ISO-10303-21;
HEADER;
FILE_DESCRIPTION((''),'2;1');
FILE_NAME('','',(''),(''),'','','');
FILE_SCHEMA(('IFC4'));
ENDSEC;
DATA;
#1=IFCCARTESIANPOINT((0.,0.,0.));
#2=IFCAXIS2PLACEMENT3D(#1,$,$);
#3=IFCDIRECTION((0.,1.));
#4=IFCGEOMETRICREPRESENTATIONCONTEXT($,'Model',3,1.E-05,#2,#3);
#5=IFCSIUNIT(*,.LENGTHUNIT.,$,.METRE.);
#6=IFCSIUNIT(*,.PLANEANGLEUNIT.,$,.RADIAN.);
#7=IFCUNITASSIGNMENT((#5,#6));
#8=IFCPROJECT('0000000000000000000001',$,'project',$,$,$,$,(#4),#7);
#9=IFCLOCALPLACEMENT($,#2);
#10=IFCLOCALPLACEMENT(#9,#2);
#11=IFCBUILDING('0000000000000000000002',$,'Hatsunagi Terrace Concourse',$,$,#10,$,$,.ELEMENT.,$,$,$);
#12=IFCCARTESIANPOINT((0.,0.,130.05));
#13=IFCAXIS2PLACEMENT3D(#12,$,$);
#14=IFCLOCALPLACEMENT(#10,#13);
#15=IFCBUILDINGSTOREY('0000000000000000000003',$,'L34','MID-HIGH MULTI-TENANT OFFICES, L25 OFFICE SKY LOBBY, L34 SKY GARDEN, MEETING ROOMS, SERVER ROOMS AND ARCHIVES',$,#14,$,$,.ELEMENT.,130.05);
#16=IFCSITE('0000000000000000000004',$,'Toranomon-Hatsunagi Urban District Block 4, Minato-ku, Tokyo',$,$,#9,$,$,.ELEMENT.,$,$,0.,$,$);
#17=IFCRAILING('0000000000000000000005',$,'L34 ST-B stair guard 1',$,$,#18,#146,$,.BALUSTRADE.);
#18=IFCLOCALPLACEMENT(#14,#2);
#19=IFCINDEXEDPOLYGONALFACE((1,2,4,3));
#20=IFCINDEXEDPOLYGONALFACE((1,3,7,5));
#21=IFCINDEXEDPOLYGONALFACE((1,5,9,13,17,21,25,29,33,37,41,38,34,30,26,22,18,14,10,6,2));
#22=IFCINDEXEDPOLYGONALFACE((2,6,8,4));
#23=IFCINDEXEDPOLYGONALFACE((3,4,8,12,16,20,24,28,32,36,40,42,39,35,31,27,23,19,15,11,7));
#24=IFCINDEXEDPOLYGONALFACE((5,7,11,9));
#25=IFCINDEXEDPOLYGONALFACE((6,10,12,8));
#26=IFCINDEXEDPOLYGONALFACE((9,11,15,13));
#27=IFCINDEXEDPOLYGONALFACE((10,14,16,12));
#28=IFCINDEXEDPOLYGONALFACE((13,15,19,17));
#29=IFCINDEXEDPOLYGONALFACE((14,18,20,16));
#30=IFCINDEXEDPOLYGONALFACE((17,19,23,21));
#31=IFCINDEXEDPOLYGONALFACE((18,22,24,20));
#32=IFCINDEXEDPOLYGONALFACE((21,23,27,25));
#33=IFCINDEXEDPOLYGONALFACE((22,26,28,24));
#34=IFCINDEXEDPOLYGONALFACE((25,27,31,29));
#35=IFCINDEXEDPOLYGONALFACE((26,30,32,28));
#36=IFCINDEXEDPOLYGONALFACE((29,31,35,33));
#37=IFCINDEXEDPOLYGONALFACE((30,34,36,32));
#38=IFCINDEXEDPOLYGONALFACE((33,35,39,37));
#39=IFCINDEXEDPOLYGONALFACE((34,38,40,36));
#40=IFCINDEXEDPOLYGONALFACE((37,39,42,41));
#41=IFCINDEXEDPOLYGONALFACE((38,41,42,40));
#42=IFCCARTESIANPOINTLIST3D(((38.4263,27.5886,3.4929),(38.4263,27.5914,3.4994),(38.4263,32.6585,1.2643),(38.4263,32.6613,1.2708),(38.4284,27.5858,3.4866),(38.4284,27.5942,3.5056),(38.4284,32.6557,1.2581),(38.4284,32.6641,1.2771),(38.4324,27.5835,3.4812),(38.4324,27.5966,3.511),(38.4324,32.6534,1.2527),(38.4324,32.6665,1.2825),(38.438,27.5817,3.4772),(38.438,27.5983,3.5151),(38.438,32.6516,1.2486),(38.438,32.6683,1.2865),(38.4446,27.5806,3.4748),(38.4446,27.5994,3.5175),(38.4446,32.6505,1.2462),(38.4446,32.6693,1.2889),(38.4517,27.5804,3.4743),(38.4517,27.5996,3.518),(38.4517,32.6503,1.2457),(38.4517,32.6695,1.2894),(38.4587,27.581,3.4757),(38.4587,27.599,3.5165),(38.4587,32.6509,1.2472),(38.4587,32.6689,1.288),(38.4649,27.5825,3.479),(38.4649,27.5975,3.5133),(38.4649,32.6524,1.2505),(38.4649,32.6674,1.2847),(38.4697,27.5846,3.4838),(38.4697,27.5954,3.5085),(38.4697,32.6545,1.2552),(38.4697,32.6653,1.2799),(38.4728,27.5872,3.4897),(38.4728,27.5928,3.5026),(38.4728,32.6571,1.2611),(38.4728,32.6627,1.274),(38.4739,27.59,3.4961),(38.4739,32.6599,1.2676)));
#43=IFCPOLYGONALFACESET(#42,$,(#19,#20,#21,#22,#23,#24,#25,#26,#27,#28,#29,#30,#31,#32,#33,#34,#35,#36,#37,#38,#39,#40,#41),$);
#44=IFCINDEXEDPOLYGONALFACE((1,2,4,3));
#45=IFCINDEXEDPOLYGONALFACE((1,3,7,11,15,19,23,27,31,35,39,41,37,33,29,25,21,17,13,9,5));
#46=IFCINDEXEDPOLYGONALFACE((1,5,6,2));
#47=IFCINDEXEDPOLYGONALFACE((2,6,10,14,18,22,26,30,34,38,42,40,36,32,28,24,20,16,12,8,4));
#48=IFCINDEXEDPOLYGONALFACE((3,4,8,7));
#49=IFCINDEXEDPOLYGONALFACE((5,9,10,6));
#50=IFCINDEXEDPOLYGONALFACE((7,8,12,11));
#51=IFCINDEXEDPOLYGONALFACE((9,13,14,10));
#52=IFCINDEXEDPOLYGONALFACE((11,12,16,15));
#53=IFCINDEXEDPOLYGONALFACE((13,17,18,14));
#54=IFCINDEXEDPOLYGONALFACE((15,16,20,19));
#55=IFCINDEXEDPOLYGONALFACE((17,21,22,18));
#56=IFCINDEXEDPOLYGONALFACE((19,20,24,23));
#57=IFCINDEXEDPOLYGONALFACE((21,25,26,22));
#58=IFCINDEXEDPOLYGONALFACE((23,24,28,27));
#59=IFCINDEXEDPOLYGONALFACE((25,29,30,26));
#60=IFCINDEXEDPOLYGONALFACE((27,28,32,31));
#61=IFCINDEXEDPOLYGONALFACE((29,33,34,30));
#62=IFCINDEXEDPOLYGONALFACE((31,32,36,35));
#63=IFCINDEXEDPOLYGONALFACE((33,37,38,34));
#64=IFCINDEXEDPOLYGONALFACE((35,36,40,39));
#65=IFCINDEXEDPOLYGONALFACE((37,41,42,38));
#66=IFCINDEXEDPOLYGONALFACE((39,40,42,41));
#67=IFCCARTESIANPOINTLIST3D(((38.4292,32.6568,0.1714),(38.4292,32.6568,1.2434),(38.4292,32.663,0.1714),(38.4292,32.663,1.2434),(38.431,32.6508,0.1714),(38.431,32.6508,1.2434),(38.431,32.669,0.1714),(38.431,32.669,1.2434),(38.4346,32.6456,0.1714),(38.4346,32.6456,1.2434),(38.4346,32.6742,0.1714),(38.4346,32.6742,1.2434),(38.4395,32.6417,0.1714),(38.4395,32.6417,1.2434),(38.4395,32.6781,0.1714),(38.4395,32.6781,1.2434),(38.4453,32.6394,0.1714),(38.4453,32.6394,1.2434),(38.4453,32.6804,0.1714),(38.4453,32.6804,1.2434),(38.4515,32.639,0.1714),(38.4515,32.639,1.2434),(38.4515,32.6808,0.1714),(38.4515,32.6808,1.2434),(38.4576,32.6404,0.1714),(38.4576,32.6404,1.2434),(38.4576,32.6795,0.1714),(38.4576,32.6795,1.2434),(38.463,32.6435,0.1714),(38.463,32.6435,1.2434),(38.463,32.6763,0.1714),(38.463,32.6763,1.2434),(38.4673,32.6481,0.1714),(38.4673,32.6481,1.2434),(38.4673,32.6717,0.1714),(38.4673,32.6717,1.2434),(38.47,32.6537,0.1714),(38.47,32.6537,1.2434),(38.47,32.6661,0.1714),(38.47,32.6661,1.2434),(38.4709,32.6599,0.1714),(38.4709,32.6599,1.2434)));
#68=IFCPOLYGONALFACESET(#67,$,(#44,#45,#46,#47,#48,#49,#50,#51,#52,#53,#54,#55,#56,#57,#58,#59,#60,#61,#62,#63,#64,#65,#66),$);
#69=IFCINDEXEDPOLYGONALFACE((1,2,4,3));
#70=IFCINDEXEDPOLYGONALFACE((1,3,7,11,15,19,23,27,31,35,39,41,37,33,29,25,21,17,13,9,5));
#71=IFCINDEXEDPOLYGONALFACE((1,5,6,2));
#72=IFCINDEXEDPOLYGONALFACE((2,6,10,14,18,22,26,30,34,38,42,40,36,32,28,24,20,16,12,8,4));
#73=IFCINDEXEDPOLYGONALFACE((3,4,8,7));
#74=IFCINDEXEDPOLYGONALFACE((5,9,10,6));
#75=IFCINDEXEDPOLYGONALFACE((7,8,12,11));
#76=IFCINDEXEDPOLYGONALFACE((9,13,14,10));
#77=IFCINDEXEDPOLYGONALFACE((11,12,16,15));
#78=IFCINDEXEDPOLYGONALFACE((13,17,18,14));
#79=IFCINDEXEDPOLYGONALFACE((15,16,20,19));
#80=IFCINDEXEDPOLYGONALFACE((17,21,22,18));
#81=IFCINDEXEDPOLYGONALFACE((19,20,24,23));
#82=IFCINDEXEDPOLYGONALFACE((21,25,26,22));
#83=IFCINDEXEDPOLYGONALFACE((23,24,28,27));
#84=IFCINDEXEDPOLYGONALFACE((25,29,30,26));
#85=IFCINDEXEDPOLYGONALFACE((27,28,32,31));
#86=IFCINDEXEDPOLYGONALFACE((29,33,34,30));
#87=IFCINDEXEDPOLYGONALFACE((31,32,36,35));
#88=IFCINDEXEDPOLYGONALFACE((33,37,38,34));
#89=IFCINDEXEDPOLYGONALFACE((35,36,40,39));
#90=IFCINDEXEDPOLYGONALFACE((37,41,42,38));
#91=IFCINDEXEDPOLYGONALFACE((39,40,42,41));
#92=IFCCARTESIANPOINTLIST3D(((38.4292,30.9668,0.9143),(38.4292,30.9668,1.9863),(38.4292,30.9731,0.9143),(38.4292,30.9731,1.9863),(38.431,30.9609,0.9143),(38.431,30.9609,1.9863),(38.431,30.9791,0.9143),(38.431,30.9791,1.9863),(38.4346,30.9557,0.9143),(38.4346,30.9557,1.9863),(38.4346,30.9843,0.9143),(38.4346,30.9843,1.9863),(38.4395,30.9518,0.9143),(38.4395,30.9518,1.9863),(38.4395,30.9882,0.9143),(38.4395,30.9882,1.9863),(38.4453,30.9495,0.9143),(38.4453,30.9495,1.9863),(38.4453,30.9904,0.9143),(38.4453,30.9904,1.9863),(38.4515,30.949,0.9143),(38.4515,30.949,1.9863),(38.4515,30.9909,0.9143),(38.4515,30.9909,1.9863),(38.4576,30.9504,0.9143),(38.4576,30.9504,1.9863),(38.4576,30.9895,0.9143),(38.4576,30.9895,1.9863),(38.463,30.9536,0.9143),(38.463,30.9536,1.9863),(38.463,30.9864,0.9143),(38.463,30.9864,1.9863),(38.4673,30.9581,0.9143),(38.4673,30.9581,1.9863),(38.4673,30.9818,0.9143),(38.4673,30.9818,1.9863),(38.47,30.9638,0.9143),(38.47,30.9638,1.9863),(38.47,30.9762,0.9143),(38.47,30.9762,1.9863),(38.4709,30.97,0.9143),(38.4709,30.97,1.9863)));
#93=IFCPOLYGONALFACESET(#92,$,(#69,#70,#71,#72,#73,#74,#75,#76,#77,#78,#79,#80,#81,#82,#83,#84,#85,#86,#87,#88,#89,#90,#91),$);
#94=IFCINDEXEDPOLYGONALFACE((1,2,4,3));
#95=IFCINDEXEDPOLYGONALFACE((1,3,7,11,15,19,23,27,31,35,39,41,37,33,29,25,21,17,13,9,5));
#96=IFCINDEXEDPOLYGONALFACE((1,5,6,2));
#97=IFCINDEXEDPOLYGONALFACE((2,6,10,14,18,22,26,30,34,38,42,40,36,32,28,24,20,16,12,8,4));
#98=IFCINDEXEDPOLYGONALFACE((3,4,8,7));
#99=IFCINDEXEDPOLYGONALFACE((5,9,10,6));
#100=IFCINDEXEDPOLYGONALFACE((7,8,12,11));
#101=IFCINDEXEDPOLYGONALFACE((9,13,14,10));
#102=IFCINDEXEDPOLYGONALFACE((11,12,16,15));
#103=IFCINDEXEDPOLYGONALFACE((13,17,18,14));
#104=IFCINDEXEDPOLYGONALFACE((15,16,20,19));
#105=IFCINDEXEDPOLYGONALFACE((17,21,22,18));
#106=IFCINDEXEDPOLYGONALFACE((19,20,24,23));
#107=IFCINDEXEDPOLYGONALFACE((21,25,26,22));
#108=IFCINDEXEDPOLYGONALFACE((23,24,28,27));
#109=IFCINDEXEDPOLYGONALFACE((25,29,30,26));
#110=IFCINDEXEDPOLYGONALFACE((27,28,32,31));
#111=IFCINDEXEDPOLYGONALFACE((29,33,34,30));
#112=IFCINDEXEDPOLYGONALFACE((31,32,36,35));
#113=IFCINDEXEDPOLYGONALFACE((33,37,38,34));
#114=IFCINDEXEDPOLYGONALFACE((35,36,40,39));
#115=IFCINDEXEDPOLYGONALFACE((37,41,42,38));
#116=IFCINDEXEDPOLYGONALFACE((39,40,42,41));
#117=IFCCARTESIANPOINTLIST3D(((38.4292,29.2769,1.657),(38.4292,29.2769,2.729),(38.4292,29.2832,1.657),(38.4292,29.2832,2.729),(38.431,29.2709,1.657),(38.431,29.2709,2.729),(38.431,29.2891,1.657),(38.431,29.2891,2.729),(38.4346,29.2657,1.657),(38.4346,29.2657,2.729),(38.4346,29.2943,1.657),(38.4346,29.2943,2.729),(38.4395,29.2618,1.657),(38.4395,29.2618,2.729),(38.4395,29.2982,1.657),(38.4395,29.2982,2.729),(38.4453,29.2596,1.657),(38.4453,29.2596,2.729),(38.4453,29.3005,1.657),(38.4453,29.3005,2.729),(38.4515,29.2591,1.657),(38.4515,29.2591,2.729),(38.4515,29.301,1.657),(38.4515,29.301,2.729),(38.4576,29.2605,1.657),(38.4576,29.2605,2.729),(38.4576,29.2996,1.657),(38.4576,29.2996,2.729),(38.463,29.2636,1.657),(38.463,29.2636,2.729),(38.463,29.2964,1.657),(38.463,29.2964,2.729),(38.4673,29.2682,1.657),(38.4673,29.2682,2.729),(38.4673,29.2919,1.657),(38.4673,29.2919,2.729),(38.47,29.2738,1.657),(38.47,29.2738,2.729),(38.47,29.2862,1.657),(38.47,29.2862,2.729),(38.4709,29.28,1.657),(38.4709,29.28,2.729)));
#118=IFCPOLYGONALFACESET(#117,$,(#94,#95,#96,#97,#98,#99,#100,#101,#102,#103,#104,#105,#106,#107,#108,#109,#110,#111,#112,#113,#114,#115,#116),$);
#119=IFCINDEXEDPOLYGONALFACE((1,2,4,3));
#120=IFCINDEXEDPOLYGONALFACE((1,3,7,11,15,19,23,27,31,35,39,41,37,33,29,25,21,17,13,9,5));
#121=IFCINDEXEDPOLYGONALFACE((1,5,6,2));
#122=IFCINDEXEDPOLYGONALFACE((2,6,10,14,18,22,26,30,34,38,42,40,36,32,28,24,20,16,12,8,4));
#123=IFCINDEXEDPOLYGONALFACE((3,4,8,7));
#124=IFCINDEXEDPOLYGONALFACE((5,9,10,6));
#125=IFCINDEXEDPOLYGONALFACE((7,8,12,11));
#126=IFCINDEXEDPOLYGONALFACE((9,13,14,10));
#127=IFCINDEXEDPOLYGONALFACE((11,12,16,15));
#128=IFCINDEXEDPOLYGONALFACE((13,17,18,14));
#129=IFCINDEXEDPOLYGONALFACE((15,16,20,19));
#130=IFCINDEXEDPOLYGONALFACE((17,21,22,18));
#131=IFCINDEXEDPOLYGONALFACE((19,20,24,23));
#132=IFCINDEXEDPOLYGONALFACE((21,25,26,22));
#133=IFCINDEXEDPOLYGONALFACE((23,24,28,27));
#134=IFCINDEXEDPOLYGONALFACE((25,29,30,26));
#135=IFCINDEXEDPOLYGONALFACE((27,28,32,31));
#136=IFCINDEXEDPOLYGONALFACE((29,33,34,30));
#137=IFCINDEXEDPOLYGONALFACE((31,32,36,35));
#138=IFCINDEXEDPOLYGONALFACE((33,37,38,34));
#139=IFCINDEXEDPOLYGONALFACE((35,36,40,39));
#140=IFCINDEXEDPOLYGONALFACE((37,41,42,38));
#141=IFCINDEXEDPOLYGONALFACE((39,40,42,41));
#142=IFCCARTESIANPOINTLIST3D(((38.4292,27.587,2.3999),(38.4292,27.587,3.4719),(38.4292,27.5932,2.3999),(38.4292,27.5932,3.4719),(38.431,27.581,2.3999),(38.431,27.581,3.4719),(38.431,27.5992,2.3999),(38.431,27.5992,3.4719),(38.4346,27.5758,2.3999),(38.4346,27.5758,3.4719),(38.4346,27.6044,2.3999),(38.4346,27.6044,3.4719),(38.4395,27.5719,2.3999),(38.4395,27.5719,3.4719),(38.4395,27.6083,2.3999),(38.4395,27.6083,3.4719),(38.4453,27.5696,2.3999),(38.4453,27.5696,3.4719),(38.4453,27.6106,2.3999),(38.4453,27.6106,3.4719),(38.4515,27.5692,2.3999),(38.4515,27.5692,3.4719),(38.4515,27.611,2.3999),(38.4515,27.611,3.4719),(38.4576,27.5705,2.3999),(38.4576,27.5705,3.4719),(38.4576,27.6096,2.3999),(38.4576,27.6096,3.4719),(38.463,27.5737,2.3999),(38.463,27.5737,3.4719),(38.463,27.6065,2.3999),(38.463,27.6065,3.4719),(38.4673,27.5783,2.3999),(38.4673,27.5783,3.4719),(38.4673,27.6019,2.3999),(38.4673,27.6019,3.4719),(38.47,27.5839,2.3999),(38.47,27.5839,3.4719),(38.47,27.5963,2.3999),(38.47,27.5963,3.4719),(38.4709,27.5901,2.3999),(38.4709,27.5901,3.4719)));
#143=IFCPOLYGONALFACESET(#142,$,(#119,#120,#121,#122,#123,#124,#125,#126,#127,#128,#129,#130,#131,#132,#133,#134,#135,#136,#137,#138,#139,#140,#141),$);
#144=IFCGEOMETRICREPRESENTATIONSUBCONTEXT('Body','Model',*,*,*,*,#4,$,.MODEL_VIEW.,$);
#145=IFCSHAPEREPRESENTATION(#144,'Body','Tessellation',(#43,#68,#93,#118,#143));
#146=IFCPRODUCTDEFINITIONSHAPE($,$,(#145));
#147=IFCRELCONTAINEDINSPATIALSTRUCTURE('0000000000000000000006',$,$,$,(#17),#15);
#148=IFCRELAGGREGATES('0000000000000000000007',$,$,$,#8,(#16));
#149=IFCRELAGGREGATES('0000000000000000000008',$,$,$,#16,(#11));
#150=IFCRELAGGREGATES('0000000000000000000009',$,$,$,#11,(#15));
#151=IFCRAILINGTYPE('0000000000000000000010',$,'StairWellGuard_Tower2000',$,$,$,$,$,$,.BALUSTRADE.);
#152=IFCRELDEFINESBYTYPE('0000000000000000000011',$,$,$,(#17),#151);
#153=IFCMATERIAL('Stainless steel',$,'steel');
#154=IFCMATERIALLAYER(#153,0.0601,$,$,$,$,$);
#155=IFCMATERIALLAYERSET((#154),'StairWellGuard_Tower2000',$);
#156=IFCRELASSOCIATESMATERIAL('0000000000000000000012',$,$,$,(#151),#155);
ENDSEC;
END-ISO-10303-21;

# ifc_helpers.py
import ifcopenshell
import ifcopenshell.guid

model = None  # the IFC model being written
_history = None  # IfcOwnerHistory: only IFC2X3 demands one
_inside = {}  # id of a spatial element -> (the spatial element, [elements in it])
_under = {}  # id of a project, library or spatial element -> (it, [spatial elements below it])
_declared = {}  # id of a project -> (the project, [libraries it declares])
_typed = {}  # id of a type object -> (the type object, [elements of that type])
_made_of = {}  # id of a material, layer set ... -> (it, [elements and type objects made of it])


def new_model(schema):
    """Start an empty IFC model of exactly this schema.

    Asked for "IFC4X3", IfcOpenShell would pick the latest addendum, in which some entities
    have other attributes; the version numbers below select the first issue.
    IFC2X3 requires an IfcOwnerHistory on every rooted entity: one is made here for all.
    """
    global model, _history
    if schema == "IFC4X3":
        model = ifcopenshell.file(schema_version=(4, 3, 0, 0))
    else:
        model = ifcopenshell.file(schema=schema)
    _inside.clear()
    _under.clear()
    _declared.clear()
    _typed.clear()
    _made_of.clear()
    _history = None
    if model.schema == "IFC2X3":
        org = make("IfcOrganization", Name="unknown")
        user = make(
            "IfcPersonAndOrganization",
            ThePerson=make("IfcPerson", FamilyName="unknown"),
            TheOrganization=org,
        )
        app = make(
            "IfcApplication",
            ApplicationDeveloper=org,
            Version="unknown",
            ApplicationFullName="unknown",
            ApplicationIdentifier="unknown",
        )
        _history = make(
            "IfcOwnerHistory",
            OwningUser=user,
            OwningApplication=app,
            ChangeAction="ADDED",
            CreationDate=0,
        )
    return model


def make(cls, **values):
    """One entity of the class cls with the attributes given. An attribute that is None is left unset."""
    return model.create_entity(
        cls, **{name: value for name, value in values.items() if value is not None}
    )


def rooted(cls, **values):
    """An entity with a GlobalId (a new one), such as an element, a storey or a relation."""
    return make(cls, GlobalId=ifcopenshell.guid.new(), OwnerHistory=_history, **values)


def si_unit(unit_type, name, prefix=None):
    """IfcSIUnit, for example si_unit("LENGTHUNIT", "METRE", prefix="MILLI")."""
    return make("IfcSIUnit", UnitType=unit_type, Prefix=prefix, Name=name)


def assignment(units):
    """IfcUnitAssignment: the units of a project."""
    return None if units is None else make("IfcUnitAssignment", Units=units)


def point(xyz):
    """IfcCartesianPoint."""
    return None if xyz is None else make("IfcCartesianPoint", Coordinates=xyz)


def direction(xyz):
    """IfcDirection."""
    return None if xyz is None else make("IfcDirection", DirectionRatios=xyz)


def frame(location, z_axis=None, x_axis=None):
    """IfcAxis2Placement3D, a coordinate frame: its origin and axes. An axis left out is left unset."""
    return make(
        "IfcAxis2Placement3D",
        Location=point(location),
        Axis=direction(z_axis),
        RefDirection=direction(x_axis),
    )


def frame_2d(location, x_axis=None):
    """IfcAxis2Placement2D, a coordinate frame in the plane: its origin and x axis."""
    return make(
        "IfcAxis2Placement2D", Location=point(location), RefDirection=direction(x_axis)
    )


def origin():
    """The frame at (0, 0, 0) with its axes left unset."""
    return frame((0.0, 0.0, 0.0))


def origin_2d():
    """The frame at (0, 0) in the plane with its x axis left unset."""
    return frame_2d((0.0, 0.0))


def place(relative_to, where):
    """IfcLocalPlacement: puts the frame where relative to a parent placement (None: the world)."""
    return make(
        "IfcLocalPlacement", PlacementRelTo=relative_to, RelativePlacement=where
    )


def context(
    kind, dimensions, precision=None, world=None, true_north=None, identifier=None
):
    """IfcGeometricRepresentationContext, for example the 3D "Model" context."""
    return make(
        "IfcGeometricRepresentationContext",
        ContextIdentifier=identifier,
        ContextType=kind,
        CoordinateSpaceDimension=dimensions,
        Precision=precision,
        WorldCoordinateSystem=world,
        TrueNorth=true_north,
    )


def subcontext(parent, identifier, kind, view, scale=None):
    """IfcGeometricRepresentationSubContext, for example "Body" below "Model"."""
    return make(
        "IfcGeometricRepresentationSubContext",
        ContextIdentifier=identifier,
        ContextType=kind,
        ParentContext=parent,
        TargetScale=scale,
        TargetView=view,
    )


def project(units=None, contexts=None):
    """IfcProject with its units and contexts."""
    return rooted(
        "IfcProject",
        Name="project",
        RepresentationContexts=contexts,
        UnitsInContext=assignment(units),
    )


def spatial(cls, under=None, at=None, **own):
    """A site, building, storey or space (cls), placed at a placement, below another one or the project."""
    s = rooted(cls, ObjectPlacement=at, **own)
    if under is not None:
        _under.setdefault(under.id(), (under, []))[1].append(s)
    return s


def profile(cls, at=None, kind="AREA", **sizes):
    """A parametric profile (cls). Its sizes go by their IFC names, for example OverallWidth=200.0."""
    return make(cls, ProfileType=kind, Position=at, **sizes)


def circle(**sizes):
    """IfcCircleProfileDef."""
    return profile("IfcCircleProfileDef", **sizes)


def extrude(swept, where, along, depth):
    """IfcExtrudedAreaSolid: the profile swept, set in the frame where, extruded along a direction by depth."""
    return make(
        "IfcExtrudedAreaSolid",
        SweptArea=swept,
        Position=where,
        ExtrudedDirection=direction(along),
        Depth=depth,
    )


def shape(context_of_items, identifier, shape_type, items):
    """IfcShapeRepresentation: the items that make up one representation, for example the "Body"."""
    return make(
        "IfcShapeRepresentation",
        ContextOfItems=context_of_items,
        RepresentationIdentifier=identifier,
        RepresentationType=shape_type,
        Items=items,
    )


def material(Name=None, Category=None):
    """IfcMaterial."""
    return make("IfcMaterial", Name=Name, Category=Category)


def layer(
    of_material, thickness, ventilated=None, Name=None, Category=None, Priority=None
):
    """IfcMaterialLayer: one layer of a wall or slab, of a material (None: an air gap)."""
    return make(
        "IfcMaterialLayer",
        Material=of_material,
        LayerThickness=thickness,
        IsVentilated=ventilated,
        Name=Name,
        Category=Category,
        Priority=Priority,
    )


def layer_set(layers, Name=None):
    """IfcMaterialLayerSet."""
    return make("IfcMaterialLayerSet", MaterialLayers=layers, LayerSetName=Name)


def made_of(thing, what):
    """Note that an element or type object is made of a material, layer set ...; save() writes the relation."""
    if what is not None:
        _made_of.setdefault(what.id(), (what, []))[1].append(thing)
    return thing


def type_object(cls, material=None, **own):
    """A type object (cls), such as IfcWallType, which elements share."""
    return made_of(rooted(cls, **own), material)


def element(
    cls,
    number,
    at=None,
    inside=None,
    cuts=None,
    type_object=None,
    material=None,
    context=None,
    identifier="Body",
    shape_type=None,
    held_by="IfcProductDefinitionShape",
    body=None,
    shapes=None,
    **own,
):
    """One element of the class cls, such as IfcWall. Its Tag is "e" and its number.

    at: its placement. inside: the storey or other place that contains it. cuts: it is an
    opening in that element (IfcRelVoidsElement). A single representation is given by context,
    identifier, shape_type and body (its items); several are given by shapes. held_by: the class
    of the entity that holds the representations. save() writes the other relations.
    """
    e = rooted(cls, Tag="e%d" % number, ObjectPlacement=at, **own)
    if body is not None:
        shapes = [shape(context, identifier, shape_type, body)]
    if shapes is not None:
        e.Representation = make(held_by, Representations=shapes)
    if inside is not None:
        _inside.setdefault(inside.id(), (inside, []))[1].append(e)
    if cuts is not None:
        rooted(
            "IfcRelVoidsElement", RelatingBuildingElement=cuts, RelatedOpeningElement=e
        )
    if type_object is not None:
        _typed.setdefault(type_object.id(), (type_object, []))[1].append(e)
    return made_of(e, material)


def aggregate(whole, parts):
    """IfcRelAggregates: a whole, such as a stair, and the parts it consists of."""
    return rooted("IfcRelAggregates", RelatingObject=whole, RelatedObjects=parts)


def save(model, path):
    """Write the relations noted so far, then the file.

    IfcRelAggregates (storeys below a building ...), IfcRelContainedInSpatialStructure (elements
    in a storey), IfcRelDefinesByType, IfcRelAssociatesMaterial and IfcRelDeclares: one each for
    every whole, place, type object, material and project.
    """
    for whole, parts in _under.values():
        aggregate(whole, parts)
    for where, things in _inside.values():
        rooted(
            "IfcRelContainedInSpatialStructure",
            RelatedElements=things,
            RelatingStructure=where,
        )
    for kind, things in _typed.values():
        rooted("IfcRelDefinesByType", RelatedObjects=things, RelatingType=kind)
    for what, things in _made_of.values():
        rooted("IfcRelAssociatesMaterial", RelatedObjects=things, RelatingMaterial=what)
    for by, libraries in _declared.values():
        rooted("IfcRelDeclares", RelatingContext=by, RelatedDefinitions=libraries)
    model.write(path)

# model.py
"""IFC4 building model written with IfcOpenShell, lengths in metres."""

from ifc_helpers import new_model, si_unit, direction, frame, origin, origin_2d, place, context, subcontext, project, spatial, circle, extrude, material, layer, layer_set, type_object, element, save


model = new_model("IFC4")

# Units and contexts
model_context = context("Model", 3, precision=1e-05, world=origin(), true_north=direction((0.0, 1.0)))
body_context = subcontext(model_context, "Body", "Model", "MODEL_VIEW")
ifc_project = project(units=[si_unit("LENGTHUNIT", "METRE"), si_unit("PLANEANGLEUNIT", "RADIAN")], contexts=[model_context])

# Site, building, storey
site_placement = place(None, origin())
site = spatial("IfcSite", under=ifc_project, at=site_placement, Name="Toranomon-Hatsunagi Urban District Block 4, Minato-ku, Tokyo", CompositionType="ELEMENT", RefElevation=0.0)
building_placement = place(site_placement, origin())
building = spatial("IfcBuilding", under=site, at=building_placement, Name="Hatsunagi Terrace Concourse", CompositionType="ELEMENT")
storey_placement = place(building_placement, frame((0.0, 0.0, 130.05)))
storey = spatial("IfcBuildingStorey", under=building, at=storey_placement, Name="L34", Description="MID-HIGH MULTI-TENANT OFFICES, L25 OFFICE SKY LOBBY, L34 SKY GARDEN, MEETING ROOMS, SERVER ROOMS AND ARCHIVES", CompositionType="ELEMENT", Elevation=130.05)

# Railing
ifc_material_1 = material(Name="Stainless steel", Category="steel")
ifc_layer_1 = layer(ifc_material_1, 0.0601)
ifc_layer_set_1 = layer_set([ifc_layer_1], Name="StairWellGuard_Tower2000")
railing_type_1 = type_object("IfcRailingType", Name="StairWellGuard_Tower2000", PredefinedType="BALUSTRADE", material=ifc_layer_set_1)
railing_1_placement = place(storey_placement, frame((38.45, 32.6599, 0.1714)))
element("IfcRailing", 1, at=railing_1_placement, inside=storey, type_object=railing_type_1, Name="L34 ST-B stair guard 1", PredefinedType="BALUSTRADE", context=body_context, shape_type="SweptSolid", body=[
    extrude(circle(Radius=0.0239, at=origin_2d()), frame((0.0, 0.0, 1.0962), z_axis=(0.0, -0.915462, 0.402405), x_axis=(1.0, 0.0, 0.0)), (0.0, 0.0, 1.0), 5.5381),
    extrude(circle(Radius=0.021, at=origin_2d()), origin(), (0.0, 0.0, 1.0), 1.072),
    extrude(circle(Radius=0.021, at=origin_2d()), frame((0.0, -1.6899, 0.7429)), (0.0, 0.0, 1.0), 1.072),
    extrude(circle(Radius=0.021, at=origin_2d()), frame((0.0, -3.3799, 1.4856)), (0.0, 0.0, 1.0), 1.072),
    extrude(circle(Radius=0.021, at=origin_2d()), frame((0.0, -5.0698, 2.2285)), (0.0, 0.0, 1.0), 1.072),
])

save(model, "model.ifc")
